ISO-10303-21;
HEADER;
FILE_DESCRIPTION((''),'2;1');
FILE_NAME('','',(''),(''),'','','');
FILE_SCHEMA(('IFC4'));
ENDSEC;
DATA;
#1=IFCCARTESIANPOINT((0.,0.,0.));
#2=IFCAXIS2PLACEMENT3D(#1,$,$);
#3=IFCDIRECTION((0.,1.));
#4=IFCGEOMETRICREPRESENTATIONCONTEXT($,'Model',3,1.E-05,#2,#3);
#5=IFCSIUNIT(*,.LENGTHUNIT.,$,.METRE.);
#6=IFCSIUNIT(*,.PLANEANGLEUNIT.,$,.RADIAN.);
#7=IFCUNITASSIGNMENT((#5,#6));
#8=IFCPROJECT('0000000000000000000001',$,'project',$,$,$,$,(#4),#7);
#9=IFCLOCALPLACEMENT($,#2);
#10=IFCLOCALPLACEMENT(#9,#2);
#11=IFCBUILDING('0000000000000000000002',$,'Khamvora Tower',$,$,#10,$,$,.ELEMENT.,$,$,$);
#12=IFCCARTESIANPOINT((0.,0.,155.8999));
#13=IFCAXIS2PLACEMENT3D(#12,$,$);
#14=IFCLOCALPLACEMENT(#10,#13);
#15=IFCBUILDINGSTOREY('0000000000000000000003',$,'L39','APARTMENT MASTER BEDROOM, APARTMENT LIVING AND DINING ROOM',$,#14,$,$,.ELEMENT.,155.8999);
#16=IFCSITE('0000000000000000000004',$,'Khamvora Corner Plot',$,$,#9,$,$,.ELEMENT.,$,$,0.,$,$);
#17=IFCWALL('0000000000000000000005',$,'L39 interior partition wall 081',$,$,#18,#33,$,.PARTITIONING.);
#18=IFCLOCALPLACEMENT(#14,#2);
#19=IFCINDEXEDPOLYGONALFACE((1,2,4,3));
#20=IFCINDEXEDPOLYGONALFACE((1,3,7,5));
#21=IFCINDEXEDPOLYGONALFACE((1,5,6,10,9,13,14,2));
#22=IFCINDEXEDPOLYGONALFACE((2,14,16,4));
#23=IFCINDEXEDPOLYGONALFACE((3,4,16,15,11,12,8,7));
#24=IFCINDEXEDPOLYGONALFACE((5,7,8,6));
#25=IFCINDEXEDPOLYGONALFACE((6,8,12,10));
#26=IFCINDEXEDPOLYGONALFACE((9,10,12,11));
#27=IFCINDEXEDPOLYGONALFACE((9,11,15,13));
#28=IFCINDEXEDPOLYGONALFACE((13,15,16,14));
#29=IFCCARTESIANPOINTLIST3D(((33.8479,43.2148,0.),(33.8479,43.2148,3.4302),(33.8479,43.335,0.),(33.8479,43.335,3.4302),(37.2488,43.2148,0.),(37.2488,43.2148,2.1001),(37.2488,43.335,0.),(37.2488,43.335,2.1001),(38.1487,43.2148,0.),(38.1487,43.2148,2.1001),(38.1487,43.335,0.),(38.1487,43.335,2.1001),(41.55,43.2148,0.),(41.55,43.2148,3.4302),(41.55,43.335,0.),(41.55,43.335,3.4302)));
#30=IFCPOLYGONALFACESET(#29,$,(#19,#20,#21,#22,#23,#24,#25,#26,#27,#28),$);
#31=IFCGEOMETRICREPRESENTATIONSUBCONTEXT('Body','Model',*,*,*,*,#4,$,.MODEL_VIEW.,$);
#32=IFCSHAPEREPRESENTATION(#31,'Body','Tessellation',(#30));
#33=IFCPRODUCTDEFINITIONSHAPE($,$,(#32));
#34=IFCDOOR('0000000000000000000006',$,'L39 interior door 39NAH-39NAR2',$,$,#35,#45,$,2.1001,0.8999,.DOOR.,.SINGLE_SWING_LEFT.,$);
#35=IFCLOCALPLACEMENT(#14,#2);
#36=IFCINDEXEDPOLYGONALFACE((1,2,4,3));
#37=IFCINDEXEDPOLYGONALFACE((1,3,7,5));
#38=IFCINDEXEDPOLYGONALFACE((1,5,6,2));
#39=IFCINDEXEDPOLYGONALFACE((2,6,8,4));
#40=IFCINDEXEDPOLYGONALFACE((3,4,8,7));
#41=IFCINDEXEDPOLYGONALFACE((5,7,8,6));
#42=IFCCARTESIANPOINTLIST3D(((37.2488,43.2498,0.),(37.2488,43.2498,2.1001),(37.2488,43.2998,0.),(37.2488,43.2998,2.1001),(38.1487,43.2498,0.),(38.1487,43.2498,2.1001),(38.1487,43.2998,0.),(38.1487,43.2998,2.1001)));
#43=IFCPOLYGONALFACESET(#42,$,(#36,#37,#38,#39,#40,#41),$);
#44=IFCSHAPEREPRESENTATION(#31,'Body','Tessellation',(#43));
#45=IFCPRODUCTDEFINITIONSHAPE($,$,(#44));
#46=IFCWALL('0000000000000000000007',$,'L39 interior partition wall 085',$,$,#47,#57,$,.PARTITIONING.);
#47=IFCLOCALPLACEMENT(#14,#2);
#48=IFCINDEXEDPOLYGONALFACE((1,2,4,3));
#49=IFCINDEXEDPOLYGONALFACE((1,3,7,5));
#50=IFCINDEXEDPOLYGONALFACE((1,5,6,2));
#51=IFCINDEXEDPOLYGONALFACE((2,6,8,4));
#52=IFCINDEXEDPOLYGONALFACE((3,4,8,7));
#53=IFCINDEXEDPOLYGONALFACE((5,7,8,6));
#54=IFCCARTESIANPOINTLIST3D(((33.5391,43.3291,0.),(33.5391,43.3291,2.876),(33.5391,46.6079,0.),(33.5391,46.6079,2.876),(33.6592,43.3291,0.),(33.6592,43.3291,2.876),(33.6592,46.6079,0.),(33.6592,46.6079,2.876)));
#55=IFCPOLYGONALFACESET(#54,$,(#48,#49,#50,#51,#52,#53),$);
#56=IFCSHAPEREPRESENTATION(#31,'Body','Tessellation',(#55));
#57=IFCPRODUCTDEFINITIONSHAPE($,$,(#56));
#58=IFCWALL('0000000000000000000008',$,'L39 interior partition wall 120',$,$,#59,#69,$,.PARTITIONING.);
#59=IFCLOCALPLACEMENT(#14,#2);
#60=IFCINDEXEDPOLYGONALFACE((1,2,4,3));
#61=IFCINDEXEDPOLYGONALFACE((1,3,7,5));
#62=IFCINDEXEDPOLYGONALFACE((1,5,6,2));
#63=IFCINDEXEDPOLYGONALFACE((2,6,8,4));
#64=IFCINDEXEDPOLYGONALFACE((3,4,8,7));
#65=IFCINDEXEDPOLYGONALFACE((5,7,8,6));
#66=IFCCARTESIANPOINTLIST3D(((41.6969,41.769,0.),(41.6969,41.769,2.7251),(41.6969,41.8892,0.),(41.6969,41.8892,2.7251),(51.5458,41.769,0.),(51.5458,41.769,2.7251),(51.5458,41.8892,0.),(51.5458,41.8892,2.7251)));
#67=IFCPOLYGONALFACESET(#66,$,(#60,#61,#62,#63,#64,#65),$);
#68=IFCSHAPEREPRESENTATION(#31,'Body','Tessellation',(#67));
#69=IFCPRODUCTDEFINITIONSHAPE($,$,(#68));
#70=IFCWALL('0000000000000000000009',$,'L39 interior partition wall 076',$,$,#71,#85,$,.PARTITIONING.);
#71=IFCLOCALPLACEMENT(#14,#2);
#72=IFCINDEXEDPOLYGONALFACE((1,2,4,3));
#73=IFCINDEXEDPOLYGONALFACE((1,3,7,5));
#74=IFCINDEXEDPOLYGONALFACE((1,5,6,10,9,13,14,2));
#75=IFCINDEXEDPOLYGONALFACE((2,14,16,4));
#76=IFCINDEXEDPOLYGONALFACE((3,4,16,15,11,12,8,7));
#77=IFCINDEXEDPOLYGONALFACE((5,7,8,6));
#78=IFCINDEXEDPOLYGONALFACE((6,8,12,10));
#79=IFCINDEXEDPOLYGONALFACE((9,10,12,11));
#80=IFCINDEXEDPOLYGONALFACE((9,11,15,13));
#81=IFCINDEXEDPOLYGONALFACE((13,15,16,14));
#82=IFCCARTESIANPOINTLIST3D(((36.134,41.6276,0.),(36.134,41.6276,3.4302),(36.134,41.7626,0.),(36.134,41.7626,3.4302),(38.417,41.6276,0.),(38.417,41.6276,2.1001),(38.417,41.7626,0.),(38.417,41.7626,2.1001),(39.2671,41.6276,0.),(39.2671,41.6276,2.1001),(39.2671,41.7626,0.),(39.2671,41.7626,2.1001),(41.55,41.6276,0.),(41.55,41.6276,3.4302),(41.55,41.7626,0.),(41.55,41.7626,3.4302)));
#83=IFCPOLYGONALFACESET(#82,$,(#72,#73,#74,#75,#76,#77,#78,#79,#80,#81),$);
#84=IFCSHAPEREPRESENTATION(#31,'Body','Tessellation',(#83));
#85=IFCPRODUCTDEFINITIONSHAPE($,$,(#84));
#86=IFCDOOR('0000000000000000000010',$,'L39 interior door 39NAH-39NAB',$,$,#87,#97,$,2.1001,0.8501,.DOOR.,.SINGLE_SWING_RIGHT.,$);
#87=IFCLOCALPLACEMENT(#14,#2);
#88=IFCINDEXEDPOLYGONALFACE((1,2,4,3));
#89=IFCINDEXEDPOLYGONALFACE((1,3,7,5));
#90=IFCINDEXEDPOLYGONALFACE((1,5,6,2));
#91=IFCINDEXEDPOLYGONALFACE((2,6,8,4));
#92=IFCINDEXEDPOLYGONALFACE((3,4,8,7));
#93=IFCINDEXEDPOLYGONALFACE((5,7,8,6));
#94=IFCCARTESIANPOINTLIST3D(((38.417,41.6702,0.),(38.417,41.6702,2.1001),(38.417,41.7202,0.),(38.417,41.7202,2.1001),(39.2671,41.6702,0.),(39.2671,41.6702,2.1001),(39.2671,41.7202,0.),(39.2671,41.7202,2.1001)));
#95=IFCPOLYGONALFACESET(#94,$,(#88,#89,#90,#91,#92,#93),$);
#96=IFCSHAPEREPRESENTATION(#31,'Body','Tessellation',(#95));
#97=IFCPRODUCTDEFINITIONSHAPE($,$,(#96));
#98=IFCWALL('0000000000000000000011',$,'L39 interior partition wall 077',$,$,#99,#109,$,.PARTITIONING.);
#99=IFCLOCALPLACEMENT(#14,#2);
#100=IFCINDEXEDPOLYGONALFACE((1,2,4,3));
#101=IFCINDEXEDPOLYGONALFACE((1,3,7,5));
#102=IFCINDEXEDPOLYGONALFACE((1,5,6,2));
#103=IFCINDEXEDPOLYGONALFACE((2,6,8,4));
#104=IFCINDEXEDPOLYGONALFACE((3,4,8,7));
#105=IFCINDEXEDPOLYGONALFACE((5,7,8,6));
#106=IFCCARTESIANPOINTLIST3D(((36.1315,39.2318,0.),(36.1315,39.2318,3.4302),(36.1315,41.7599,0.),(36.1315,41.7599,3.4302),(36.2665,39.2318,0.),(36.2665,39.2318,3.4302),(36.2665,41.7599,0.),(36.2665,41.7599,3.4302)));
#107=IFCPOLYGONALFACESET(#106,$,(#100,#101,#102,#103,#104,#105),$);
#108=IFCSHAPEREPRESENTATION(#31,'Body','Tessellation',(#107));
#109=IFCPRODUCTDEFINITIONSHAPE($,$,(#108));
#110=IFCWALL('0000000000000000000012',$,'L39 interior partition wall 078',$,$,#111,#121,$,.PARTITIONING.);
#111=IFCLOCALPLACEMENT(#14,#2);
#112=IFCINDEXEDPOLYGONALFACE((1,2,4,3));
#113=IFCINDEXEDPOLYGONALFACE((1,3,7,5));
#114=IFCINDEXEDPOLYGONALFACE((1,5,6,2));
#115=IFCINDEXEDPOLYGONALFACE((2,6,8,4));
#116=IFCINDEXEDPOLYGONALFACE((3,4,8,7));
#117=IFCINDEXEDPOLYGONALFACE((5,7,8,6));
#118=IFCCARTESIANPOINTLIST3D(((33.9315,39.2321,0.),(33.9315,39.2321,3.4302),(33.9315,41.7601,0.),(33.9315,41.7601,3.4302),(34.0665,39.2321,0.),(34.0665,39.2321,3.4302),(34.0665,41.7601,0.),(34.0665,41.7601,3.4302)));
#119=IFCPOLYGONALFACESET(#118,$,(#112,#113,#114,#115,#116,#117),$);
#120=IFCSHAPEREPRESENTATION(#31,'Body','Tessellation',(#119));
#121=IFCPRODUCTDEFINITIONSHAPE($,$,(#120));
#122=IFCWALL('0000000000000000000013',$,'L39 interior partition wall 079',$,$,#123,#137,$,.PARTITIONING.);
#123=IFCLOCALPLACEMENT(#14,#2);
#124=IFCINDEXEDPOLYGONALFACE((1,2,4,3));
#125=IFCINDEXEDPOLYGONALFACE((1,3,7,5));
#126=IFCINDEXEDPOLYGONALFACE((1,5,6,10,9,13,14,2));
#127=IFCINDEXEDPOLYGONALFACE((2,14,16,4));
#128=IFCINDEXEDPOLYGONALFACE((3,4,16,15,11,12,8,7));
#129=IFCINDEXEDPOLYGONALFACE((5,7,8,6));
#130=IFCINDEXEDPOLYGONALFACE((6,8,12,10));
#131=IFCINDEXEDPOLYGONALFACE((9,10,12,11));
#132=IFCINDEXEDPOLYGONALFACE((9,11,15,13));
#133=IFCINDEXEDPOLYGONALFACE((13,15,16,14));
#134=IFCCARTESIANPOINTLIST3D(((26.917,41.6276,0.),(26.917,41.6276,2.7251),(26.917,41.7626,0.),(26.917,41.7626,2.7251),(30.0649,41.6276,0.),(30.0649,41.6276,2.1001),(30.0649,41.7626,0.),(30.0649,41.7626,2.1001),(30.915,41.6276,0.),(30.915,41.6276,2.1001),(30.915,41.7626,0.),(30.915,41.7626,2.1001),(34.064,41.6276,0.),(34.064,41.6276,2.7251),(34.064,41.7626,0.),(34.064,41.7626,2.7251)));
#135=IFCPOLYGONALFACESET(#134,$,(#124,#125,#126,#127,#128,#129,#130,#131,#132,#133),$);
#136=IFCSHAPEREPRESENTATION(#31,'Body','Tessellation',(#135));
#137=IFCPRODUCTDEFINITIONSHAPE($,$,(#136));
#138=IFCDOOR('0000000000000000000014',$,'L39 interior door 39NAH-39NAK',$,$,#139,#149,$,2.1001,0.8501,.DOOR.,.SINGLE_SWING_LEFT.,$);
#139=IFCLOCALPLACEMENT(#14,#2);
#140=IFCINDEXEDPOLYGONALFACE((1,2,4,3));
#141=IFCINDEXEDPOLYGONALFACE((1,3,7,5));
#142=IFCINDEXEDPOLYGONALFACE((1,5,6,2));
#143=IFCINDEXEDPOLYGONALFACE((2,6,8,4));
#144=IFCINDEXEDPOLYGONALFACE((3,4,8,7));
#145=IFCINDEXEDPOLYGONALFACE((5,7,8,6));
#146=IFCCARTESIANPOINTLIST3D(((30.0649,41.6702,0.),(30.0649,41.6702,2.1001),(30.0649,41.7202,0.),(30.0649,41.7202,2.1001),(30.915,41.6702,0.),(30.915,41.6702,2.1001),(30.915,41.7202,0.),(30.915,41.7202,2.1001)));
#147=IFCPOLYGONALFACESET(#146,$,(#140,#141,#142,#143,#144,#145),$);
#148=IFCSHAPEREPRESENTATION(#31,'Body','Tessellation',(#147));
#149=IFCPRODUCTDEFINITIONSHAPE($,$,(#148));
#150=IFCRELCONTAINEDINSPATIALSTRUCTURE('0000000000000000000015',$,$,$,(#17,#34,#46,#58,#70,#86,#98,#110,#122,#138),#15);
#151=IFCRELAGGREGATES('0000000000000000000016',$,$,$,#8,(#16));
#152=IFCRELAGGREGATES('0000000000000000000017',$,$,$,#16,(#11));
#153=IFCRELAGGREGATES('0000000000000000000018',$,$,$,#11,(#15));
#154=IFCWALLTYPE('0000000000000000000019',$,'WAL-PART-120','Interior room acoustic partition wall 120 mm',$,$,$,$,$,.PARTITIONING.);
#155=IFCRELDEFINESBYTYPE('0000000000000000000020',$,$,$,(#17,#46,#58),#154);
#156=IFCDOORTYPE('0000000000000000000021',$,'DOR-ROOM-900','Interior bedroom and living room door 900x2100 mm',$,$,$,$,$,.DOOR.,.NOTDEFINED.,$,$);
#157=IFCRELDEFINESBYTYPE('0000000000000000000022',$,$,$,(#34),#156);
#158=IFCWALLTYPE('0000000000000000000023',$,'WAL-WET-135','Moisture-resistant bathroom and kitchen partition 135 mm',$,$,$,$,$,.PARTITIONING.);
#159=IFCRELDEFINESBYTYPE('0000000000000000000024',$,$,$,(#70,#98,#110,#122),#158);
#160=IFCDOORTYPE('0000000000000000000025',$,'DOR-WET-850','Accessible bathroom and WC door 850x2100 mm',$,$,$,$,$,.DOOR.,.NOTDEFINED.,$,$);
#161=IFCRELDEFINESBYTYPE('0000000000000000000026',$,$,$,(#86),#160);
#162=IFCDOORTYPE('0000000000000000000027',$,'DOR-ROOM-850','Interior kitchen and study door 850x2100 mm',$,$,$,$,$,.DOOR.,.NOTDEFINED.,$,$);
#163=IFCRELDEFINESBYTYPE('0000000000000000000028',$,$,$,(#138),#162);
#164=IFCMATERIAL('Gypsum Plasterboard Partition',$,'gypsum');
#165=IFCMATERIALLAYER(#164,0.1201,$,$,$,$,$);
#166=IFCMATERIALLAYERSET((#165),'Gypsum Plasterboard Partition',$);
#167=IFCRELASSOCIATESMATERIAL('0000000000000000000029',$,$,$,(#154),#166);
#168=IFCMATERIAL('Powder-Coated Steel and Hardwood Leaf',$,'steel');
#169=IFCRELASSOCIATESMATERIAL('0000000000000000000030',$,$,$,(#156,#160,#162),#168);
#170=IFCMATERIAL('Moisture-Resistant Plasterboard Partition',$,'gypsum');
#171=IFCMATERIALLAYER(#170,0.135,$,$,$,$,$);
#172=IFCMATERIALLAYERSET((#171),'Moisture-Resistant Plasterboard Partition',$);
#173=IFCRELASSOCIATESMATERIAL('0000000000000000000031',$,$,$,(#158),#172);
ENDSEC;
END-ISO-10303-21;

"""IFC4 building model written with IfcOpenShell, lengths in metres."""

from ifc_helpers import new_model, si_unit, direction, frame, frame_2d, origin, place, context, subcontext, project, spatial, rectangle, extrude, material, layer, layer_set, type_object, element, fill, save


model = new_model("IFC4")

# Units and contexts
model_context = context("Model", 3, precision=1e-05, world=origin(), true_north=direction((0.0, 1.0)))
body_context = subcontext(model_context, "Body", "Model", "MODEL_VIEW")
ifc_project = project(units=[si_unit("LENGTHUNIT", "METRE"), si_unit("PLANEANGLEUNIT", "RADIAN")], contexts=[model_context])

# Site, building, storey
site_placement = place(None, origin())
site = spatial("IfcSite", under=ifc_project, at=site_placement, Name="Khamvora Corner Plot", CompositionType="ELEMENT", RefElevation=0.0)
building_placement = place(site_placement, origin())
building = spatial("IfcBuilding", under=site, at=building_placement, Name="Khamvora Tower", CompositionType="ELEMENT")
storey_placement = place(building_placement, frame((0.0, 0.0, 155.8999)))
storey = spatial("IfcBuildingStorey", under=building, at=storey_placement, Name="L39", Description="APARTMENT MASTER BEDROOM, APARTMENT LIVING AND DINING ROOM", CompositionType="ELEMENT", Elevation=155.8999)

# Shared definitions
ifc_material_1 = material(Name="Powder-Coated Steel and Hardwood Leaf", Category="steel")

# Wall, opening, door
ifc_material_2 = material(Name="Gypsum Plasterboard Partition", Category="gypsum")
ifc_layer_1 = layer(ifc_material_2, 0.1201)
ifc_layer_set_1 = layer_set([ifc_layer_1], Name="Gypsum Plasterboard Partition")
wall_type_1 = type_object("IfcWallType", Name="WAL-PART-120", Description="Interior room acoustic partition wall 120 mm", PredefinedType="PARTITIONING", material=ifc_layer_set_1)
wall_1_placement = place(storey_placement, frame((33.8479, 43.2749, 0.0), z_axis=(0.0, 0.0, 1.0), x_axis=(1.0, 0.0, 0.0)))
wall_1 = element("IfcWall", 1, at=wall_1_placement, inside=storey, type_object=wall_type_1, Name="L39 interior partition wall 081", PredefinedType="PARTITIONING", context=body_context, shape_type="SweptSolid", body=[
    extrude(rectangle(XDim=7.7021, YDim=0.1201, at=frame_2d((3.8511, 0.0))), origin(), (0.0, 0.0, 1.0), 3.4302),
])
opening_1_placement = place(wall_1_placement, frame((3.4009, 0.0, 0.0)))
opening_1 = element("IfcOpeningElement", 2, at=opening_1_placement, cuts=wall_1, PredefinedType="OPENING", context=body_context, shape_type="SweptSolid", body=[
    extrude(rectangle(XDim=0.8999, YDim=2.1001, at=frame_2d((0.45, 1.05))), frame((0.0, 0.0701, 0.0), z_axis=(0.0, -1.0, 0.0), x_axis=(1.0, 0.0, 0.0)), (0.0, 0.0, 1.0), 0.1401),
])
door_type_1 = type_object("IfcDoorType", Name="DOR-ROOM-900", Description="Interior bedroom and living room door 900x2100 mm", OperationType="NOTDEFINED", PredefinedType="DOOR", material=ifc_material_1)
door_1_placement = place(opening_1_placement, origin())
door_1 = element("IfcDoor", 3, at=door_1_placement, inside=storey, type_object=door_type_1, Name="L39 interior door 39NAH-39NAR2", OperationType="SINGLE_SWING_LEFT", OverallHeight=2.1001, OverallWidth=0.8999, PredefinedType="DOOR", context=body_context, shape_type="SweptSolid", body=[
    extrude(rectangle(XDim=0.8999, YDim=2.1001, at=frame_2d((0.45, 1.05))), frame((0.0, 0.0249, 0.0), z_axis=(0.0, -1.0, 0.0), x_axis=(1.0, 0.0, 0.0)), (0.0, 0.0, 1.0), 0.05),
])
fill(opening_1, door_1)

# Walls
wall_2_placement = place(storey_placement, frame((33.5991, 46.6079, 0.0), z_axis=(0.0, 0.0, 1.0), x_axis=(0.0, -1.0, 0.0)))
element("IfcWall", 4, at=wall_2_placement, inside=storey, type_object=wall_type_1, Name="L39 interior partition wall 085", PredefinedType="PARTITIONING", context=body_context, shape_type="SweptSolid", body=[
    extrude(rectangle(XDim=3.2788, YDim=0.1201, at=frame_2d((1.6394, 0.0))), origin(), (0.0, 0.0, 1.0), 2.876),
])
wall_3_placement = place(storey_placement, frame((41.697, 41.8291, 0.0), z_axis=(0.0, 0.0, 1.0), x_axis=(1.0, 0.0, 0.0)))
element("IfcWall", 5, at=wall_3_placement, inside=storey, type_object=wall_type_1, Name="L39 interior partition wall 120", PredefinedType="PARTITIONING", context=body_context, shape_type="SweptSolid", body=[
    extrude(rectangle(XDim=9.8489, YDim=0.1201, at=frame_2d((4.9243, 0.0))), origin(), (0.0, 0.0, 1.0), 2.7251),
])

# Wall, opening, door
ifc_material_3 = material(Name="Moisture-Resistant Plasterboard Partition", Category="gypsum")
ifc_layer_2 = layer(ifc_material_3, 0.135)
ifc_layer_set_2 = layer_set([ifc_layer_2], Name="Moisture-Resistant Plasterboard Partition")
wall_type_2 = type_object("IfcWallType", Name="WAL-WET-135", Description="Moisture-resistant bathroom and kitchen partition 135 mm", PredefinedType="PARTITIONING", material=ifc_layer_set_2)
wall_4_placement = place(storey_placement, frame((41.55, 41.6951, 0.0), z_axis=(0.0, 0.0, 1.0), x_axis=(-1.0, 0.0, 0.0)))
wall_4 = element("IfcWall", 6, at=wall_4_placement, inside=storey, type_object=wall_type_2, Name="L39 interior partition wall 076", PredefinedType="PARTITIONING", context=body_context, shape_type="SweptSolid", body=[
    extrude(rectangle(XDim=5.416, YDim=0.135, at=frame_2d((2.708, 0.0))), origin(), (0.0, 0.0, 1.0), 3.4302),
])
opening_2_placement = place(wall_4_placement, frame((2.283, 0.0, 0.0)))
opening_2 = element("IfcOpeningElement", 7, at=opening_2_placement, cuts=wall_4, PredefinedType="OPENING", context=body_context, shape_type="SweptSolid", body=[
    extrude(rectangle(XDim=0.8501, YDim=2.1001, at=frame_2d((0.425, 1.05))), frame((0.0, 0.0774, 0.0), z_axis=(0.0, -1.0, 0.0), x_axis=(1.0, 0.0, 0.0)), (0.0, 0.0, 1.0), 0.155),
])
door_type_2 = type_object("IfcDoorType", Name="DOR-WET-850", Description="Accessible bathroom and WC door 850x2100 mm", OperationType="NOTDEFINED", PredefinedType="DOOR", material=ifc_material_1)
door_2_placement = place(opening_2_placement, origin())
door_2 = element("IfcDoor", 8, at=door_2_placement, inside=storey, type_object=door_type_2, Name="L39 interior door 39NAH-39NAB", OperationType="SINGLE_SWING_RIGHT", OverallHeight=2.1001, OverallWidth=0.8501, PredefinedType="DOOR", context=body_context, shape_type="SweptSolid", body=[
    extrude(rectangle(XDim=0.8501, YDim=2.1001, at=frame_2d((0.425, 1.05))), frame((0.0, 0.0249, 0.0), z_axis=(0.0, -1.0, 0.0), x_axis=(1.0, 0.0, 0.0)), (0.0, 0.0, 1.0), 0.05),
])
fill(opening_2, door_2)

# Walls
for number, where, z_axis, x_axis, name in (
    (9, (36.199, 41.76, 0.0), (0.0, 0.0, 1.0), (0.0, -1.0, 0.0), "L39 interior partition wall 077"),
    (10, (33.999, 39.2319, 0.0), (0.0, 0.0, 1.0), (0.0, 1.0, 0.0), "L39 interior partition wall 078"),
):
    element("IfcWall", number, at=place(storey_placement, frame(where, z_axis=z_axis, x_axis=x_axis)), inside=storey, type_object=wall_type_2, Name=name, PredefinedType="PARTITIONING", context=body_context, shape_type="SweptSolid", body=[
        extrude(rectangle(XDim=2.5281, YDim=0.135, at=frame_2d((1.2642, 0.0))), origin(), (0.0, 0.0, 1.0), 3.4302),
    ])

# Wall, opening, door
wall_5_placement = place(storey_placement, frame((34.064, 41.6951, 0.0), z_axis=(0.0, 0.0, 1.0), x_axis=(-1.0, 0.0, 0.0)))
wall_5 = element("IfcWall", 11, at=wall_5_placement, inside=storey, type_object=wall_type_2, Name="L39 interior partition wall 079", PredefinedType="PARTITIONING", context=body_context, shape_type="SweptSolid", body=[
    extrude(rectangle(XDim=7.147, YDim=0.135, at=frame_2d((3.5735, 0.0))), origin(), (0.0, 0.0, 1.0), 2.7251),
])
opening_3_placement = place(wall_5_placement, frame((3.1489, 0.0, 0.0)))
opening_3 = element("IfcOpeningElement", 12, at=opening_3_placement, cuts=wall_5, PredefinedType="OPENING", context=body_context, shape_type="SweptSolid", body=[
    extrude(rectangle(XDim=0.8501, YDim=2.1001, at=frame_2d((0.425, 1.05))), frame((0.0, 0.0774, 0.0), z_axis=(0.0, -1.0, 0.0), x_axis=(1.0, 0.0, 0.0)), (0.0, 0.0, 1.0), 0.155),
])
door_type_3 = type_object("IfcDoorType", Name="DOR-ROOM-850", Description="Interior kitchen and study door 850x2100 mm", OperationType="NOTDEFINED", PredefinedType="DOOR", material=ifc_material_1)
door_3_placement = place(opening_3_placement, origin())
door_3 = element("IfcDoor", 13, at=door_3_placement, inside=storey, type_object=door_type_3, Name="L39 interior door 39NAH-39NAK", OperationType="SINGLE_SWING_LEFT", OverallHeight=2.1001, OverallWidth=0.8501, PredefinedType="DOOR", context=body_context, shape_type="SweptSolid", body=[
    extrude(rectangle(XDim=0.8501, YDim=2.1001, at=frame_2d((0.425, 1.05))), frame((0.0, 0.0249, 0.0), z_axis=(0.0, -1.0, 0.0), x_axis=(1.0, 0.0, 0.0)), (0.0, 0.0, 1.0), 0.05),
])
fill(opening_3, door_3)

save(model, "model.ifc")
